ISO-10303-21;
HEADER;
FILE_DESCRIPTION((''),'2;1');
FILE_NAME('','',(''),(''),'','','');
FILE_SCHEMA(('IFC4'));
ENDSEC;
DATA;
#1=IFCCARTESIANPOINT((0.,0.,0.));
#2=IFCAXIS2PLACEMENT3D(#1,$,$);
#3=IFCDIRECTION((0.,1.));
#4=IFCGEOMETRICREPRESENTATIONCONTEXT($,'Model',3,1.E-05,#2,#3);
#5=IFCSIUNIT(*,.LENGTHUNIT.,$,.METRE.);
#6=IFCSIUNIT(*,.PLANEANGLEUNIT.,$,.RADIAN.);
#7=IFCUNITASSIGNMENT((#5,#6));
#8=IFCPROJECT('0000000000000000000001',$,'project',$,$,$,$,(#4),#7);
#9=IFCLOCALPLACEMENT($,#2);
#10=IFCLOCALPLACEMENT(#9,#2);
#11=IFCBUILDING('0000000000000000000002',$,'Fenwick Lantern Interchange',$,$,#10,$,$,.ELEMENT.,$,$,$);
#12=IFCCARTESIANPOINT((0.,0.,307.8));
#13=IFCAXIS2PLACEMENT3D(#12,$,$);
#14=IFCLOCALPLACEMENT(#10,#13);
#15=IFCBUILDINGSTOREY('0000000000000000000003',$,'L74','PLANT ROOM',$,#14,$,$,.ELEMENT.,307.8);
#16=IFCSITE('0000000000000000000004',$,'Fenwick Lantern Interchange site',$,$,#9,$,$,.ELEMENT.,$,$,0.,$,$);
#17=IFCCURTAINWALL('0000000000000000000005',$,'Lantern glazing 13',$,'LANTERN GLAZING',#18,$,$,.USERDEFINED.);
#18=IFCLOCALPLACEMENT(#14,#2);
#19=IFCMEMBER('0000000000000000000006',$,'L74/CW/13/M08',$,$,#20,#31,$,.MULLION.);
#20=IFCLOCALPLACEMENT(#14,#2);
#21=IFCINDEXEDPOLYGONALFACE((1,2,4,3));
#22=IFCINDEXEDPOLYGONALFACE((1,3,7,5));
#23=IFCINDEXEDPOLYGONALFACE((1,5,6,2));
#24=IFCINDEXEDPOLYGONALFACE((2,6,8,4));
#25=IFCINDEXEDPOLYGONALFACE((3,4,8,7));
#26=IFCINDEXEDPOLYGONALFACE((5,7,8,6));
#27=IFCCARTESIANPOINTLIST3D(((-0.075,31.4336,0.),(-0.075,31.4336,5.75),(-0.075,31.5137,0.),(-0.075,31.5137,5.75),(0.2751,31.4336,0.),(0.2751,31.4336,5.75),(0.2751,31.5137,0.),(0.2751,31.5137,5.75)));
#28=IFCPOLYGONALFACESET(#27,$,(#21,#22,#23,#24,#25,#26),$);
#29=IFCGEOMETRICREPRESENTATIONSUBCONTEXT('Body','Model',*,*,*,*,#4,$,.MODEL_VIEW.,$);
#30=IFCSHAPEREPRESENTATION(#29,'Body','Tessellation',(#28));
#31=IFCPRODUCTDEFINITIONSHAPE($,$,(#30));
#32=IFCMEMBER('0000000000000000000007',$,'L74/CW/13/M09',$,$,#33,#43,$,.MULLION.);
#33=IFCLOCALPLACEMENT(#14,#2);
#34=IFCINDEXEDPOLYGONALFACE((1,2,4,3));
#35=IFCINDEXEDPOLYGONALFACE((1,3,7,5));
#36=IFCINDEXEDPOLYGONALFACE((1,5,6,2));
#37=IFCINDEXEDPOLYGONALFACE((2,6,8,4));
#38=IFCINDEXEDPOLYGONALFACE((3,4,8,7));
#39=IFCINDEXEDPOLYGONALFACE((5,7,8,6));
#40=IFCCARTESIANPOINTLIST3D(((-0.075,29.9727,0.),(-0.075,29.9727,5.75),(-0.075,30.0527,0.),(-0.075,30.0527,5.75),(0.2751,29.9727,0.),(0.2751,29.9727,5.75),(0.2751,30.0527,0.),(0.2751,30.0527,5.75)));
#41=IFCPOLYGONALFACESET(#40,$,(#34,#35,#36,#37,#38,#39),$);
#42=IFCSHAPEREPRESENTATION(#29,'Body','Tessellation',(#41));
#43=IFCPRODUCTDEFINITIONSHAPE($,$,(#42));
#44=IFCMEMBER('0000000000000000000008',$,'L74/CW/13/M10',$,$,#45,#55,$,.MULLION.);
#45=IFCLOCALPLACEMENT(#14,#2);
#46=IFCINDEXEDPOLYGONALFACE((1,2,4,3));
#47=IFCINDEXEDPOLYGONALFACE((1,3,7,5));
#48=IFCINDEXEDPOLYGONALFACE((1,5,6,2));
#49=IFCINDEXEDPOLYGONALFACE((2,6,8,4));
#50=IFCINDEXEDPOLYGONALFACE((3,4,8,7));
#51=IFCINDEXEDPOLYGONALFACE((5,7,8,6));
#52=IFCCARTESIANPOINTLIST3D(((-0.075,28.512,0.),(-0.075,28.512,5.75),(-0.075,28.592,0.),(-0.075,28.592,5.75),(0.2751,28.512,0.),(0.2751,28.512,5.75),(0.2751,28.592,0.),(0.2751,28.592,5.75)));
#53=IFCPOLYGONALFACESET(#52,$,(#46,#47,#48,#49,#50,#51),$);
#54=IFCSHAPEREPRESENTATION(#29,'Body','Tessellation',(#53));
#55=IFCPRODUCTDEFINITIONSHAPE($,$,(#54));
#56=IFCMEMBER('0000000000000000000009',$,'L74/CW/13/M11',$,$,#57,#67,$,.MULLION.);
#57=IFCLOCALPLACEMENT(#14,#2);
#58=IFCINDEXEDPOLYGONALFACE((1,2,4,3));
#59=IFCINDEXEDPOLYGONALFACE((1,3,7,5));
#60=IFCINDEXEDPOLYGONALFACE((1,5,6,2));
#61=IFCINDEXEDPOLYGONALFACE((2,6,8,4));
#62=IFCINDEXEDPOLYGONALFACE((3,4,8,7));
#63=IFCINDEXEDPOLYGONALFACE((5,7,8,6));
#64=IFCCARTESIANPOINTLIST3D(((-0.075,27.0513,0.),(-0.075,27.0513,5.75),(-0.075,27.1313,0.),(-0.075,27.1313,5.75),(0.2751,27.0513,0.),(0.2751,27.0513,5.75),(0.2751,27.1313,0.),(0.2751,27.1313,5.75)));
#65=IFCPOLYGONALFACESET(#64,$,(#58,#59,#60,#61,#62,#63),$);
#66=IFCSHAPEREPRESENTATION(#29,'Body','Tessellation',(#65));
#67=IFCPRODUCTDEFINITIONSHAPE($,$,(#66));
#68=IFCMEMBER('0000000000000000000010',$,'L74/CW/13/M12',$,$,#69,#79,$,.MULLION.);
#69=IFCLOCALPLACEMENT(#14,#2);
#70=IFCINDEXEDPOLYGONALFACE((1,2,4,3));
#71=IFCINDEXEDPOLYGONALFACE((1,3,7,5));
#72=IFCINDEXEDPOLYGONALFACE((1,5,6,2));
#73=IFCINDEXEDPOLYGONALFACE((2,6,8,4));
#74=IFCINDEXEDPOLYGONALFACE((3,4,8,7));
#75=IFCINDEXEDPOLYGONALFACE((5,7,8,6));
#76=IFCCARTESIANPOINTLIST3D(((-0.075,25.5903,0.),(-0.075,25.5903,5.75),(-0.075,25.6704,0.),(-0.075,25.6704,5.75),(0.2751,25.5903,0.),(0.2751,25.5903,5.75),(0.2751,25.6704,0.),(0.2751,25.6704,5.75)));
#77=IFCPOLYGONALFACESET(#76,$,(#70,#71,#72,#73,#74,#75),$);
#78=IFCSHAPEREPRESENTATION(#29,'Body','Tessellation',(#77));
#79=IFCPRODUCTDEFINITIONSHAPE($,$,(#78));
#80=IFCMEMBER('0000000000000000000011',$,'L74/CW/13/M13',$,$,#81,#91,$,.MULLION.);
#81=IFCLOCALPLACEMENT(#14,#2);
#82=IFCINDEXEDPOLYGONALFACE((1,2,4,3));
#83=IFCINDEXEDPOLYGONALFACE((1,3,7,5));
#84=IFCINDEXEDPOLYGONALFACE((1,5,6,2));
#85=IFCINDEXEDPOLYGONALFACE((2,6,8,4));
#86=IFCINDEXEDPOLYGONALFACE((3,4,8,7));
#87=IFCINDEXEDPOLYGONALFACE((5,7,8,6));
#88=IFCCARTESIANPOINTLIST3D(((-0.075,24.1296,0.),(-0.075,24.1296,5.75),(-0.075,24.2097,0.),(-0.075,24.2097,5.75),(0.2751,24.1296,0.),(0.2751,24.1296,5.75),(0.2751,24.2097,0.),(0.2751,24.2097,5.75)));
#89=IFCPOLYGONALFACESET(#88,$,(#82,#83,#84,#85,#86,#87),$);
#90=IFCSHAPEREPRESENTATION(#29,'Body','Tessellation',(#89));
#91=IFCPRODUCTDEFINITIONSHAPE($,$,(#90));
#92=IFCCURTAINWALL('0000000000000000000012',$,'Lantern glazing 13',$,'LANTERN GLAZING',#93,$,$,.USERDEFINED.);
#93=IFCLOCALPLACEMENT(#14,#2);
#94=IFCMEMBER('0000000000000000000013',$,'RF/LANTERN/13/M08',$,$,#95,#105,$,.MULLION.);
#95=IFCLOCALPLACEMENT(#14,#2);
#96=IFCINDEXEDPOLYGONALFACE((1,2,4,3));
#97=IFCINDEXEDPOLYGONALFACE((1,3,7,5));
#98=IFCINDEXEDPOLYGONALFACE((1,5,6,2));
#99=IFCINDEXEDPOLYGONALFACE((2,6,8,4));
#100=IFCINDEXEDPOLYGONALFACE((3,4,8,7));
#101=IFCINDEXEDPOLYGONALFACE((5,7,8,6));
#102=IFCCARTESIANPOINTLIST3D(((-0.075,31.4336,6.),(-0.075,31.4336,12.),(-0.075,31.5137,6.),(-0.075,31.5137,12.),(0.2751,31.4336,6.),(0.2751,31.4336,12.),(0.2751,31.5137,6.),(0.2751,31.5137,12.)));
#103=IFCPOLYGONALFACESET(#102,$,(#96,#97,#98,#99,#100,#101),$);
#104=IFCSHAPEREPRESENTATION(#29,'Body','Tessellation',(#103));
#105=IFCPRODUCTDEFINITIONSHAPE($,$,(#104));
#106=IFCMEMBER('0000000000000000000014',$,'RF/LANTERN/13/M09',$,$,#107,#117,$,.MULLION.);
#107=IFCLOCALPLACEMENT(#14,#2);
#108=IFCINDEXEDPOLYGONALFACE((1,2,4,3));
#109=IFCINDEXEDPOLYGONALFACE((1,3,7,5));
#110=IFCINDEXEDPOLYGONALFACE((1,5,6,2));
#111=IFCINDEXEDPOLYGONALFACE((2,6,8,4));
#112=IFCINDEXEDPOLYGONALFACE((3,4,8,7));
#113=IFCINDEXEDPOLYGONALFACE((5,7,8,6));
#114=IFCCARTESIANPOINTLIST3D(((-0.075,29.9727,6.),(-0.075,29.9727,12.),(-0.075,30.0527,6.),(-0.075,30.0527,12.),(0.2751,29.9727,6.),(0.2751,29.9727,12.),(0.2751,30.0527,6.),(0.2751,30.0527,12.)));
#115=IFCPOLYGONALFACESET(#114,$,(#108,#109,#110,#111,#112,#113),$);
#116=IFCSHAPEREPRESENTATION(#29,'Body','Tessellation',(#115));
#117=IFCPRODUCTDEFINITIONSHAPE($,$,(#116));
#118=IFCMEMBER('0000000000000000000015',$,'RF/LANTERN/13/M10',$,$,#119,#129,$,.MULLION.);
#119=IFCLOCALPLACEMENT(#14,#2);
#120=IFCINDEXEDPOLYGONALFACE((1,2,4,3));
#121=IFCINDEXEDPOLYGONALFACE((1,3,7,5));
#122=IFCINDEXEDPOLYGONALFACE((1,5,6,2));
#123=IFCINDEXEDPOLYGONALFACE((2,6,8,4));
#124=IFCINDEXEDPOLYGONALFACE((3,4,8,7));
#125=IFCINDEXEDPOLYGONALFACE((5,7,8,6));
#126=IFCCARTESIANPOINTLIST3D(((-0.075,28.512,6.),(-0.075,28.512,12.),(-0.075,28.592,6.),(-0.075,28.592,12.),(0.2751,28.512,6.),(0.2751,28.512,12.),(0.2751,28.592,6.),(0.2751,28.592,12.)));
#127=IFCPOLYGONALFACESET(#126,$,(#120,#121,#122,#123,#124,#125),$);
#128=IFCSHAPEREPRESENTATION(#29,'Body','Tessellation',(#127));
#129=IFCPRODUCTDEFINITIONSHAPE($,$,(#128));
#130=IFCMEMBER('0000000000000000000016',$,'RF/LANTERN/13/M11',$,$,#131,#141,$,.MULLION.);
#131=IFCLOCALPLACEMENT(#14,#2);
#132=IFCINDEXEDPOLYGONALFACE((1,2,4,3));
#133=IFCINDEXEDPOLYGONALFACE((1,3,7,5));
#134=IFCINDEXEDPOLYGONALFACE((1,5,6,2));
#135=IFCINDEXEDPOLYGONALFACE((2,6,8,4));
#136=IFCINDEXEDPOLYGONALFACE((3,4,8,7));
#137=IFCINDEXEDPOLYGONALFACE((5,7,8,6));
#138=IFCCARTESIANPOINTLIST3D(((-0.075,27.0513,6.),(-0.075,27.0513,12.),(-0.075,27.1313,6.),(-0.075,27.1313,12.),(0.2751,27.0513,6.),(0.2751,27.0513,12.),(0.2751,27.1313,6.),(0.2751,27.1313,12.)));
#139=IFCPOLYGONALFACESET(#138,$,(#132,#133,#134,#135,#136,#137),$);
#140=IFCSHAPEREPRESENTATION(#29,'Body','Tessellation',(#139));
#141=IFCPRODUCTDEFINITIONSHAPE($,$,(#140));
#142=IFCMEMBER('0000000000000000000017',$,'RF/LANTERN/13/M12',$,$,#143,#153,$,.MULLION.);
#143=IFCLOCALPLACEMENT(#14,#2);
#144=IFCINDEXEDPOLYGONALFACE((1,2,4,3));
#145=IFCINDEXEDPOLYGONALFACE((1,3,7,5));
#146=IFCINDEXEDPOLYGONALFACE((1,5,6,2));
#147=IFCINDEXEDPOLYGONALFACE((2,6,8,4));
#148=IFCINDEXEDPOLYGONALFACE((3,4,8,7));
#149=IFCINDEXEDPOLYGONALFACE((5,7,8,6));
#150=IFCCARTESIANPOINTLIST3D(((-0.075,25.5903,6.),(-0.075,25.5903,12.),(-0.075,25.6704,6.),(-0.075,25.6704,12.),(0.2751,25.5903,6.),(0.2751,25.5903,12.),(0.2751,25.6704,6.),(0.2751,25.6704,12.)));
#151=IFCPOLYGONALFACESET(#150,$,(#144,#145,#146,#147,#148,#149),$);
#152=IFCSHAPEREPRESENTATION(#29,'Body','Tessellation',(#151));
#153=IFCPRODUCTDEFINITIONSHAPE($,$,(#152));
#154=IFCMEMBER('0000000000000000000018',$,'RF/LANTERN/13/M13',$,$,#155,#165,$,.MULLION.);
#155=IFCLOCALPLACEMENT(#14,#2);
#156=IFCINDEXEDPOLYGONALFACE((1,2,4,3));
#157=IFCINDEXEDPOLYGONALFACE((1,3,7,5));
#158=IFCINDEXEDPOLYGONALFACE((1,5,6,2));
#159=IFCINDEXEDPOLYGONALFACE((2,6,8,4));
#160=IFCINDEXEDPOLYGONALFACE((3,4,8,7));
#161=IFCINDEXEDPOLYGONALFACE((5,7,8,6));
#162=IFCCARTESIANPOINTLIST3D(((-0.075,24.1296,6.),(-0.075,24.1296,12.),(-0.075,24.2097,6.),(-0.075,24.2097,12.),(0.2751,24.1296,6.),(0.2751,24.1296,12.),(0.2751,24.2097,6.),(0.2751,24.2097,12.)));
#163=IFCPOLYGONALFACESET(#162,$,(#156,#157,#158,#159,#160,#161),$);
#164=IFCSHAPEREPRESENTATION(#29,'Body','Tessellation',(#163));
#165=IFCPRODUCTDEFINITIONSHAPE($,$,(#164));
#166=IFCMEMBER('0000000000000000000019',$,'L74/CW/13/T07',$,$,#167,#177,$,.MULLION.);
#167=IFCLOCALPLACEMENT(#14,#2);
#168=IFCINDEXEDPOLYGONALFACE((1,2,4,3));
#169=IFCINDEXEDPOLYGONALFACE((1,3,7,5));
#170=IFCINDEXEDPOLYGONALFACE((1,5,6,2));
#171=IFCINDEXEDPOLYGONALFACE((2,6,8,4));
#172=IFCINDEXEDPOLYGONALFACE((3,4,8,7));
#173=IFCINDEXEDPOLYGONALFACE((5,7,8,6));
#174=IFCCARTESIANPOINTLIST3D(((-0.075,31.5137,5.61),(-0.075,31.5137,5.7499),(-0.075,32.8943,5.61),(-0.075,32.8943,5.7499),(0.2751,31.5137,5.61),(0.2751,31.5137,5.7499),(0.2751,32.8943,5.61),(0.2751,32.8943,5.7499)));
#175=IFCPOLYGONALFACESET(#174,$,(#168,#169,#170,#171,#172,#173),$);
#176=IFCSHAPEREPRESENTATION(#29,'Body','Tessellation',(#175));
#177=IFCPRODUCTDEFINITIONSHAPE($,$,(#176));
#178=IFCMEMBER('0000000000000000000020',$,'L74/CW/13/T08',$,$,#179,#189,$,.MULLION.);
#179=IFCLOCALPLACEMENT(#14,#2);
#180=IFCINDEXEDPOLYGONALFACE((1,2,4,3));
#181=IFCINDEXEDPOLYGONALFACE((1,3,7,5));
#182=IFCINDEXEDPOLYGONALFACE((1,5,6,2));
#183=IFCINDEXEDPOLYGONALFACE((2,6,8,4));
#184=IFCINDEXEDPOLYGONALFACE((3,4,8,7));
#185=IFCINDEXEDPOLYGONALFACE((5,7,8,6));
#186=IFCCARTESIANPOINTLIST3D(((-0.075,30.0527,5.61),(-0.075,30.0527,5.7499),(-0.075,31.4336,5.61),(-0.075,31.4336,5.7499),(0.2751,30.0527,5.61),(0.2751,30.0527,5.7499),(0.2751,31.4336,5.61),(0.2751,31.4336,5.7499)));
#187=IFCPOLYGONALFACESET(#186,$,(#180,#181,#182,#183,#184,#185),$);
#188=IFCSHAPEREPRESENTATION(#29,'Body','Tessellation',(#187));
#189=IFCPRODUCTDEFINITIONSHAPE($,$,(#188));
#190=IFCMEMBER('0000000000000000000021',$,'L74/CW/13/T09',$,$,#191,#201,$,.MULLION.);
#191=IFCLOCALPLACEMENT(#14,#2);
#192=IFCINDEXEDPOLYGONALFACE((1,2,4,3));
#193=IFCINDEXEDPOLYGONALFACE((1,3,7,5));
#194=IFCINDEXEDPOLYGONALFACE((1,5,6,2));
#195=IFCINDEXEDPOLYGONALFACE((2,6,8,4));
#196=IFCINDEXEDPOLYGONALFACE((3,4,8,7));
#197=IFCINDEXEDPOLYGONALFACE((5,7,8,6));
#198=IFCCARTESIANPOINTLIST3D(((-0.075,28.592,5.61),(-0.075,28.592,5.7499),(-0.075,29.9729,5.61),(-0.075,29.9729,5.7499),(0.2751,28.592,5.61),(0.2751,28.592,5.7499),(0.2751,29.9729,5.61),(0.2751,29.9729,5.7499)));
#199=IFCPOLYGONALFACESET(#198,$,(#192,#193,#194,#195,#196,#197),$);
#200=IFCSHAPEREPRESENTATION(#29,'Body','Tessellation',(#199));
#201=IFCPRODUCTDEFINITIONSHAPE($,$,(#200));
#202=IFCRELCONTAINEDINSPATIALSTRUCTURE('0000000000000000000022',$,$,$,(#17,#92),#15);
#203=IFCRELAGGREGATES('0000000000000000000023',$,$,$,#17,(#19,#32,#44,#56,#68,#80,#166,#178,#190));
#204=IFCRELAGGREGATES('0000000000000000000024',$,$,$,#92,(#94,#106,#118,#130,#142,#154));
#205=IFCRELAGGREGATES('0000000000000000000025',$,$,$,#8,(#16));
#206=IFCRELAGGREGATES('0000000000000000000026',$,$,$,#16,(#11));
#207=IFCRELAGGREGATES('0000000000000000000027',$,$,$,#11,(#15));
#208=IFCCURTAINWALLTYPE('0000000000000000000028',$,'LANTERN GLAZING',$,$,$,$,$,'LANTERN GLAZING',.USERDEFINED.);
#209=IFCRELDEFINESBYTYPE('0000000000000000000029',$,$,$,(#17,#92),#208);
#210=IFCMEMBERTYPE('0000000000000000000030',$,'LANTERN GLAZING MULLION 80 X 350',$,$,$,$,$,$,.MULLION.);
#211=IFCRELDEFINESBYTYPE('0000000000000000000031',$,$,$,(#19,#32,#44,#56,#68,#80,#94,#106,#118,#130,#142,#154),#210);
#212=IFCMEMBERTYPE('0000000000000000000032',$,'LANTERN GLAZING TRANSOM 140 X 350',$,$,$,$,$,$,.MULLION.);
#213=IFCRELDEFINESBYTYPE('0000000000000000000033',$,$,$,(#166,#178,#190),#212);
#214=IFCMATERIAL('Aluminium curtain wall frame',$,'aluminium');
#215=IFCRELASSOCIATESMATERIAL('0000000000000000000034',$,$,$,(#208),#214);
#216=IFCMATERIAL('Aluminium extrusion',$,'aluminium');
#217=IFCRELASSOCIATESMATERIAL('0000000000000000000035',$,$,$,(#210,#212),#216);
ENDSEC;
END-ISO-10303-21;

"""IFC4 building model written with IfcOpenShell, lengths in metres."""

from ifc_helpers import new_model, si_unit, direction, frame, origin, origin_2d, place, context, subcontext, project, spatial, rectangle, extrude, material, material_profile, profile_set, type_object, element, aggregate, save


model = new_model("IFC4")

# Units and contexts
model_context = context("Model", 3, precision=1e-05, world=origin(), true_north=direction((0.0, 1.0)))
body_context = subcontext(model_context, "Body", "Model", "MODEL_VIEW")
ifc_project = project(units=[si_unit("LENGTHUNIT", "METRE"), si_unit("PLANEANGLEUNIT", "RADIAN")], contexts=[model_context])

# Site, building, storey
site_placement = place(None, origin())
site = spatial("IfcSite", under=ifc_project, at=site_placement, Name="Fenwick Lantern Interchange site", CompositionType="ELEMENT", RefElevation=0.0)
building_placement = place(site_placement, origin())
building = spatial("IfcBuilding", under=site, at=building_placement, Name="Fenwick Lantern Interchange", CompositionType="ELEMENT")
storey_placement = place(building_placement, frame((0.0, 0.0, 307.8)))
storey = spatial("IfcBuildingStorey", under=building, at=storey_placement, Name="L74", Description="PLANT ROOM", CompositionType="ELEMENT", Elevation=307.8)

# Curtain walls, members
ifc_material_1 = material(Name="Aluminium curtain wall frame", Category="aluminium")
curtain_wall_type = type_object("IfcCurtainWallType", Name="LANTERN GLAZING", ElementType="LANTERN GLAZING", PredefinedType="USERDEFINED", material=ifc_material_1)
curtain_wall_1_placement = place(storey_placement, origin())
curtain_wall_1 = element("IfcCurtainWall", 1, at=curtain_wall_1_placement, inside=storey, type_object=curtain_wall_type, Name="Lantern glazing 13", ObjectType="LANTERN GLAZING", PredefinedType="USERDEFINED")
ifc_material_2 = material(Name="Aluminium extrusion", Category="aluminium")
ifc_material_profile_1 = material_profile(ifc_material_2, rectangle(XDim=0.3501, YDim=0.0801, at=origin_2d()), Name="LANTERN GLAZING MULLION 80 X 350")
ifc_profile_set_1 = profile_set([ifc_material_profile_1], Name="Aluminium extrusion")
member_type_1 = type_object("IfcMemberType", Name="LANTERN GLAZING MULLION 80 X 350", PredefinedType="MULLION", material=ifc_profile_set_1)
member_1_placement = place(storey_placement, frame((0.1001, 31.4736, 0.0), z_axis=(0.0, 0.0, 1.0), x_axis=(1.0, 0.0, 0.0)))
member_1 = element("IfcMember", 2, at=member_1_placement, type_object=member_type_1, Name="L74/CW/13/M08", PredefinedType="MULLION", context=body_context, shape_type="SweptSolid", body=[
    extrude(rectangle(XDim=0.3501, YDim=0.0801, at=origin_2d()), origin(), (0.0, 0.0, 1.0), 5.75),
])
member_2_placement = place(storey_placement, frame((0.1001, 30.0127, 0.0), z_axis=(0.0, 0.0, 1.0), x_axis=(1.0, 0.0, 0.0)))
member_2 = element("IfcMember", 3, at=member_2_placement, type_object=member_type_1, Name="L74/CW/13/M09", PredefinedType="MULLION", context=body_context, shape_type="SweptSolid", body=[
    extrude(rectangle(XDim=0.3501, YDim=0.0801, at=origin_2d()), origin(), (0.0, 0.0, 1.0), 5.75),
])
member_3_placement = place(storey_placement, frame((0.1001, 28.552, 0.0), z_axis=(0.0, 0.0, 1.0), x_axis=(1.0, 0.0, 0.0)))
member_3 = element("IfcMember", 4, at=member_3_placement, type_object=member_type_1, Name="L74/CW/13/M10", PredefinedType="MULLION", context=body_context, shape_type="SweptSolid", body=[
    extrude(rectangle(XDim=0.3501, YDim=0.0801, at=origin_2d()), origin(), (0.0, 0.0, 1.0), 5.75),
])
member_4_placement = place(storey_placement, frame((0.1001, 27.0913, 0.0), z_axis=(0.0, 0.0, 1.0), x_axis=(1.0, 0.0, 0.0)))
member_4 = element("IfcMember", 5, at=member_4_placement, type_object=member_type_1, Name="L74/CW/13/M11", PredefinedType="MULLION", context=body_context, shape_type="SweptSolid", body=[
    extrude(rectangle(XDim=0.3501, YDim=0.0801, at=origin_2d()), origin(), (0.0, 0.0, 1.0), 5.75),
])
member_5_placement = place(storey_placement, frame((0.1001, 25.6304, 0.0), z_axis=(0.0, 0.0, 1.0), x_axis=(1.0, 0.0, 0.0)))
member_5 = element("IfcMember", 6, at=member_5_placement, type_object=member_type_1, Name="L74/CW/13/M12", PredefinedType="MULLION", context=body_context, shape_type="SweptSolid", body=[
    extrude(rectangle(XDim=0.3501, YDim=0.0801, at=origin_2d()), origin(), (0.0, 0.0, 1.0), 5.75),
])
member_6_placement = place(storey_placement, frame((0.1001, 24.1697, 0.0), z_axis=(0.0, 0.0, 1.0), x_axis=(1.0, 0.0, 0.0)))
member_6 = element("IfcMember", 7, at=member_6_placement, type_object=member_type_1, Name="L74/CW/13/M13", PredefinedType="MULLION", context=body_context, shape_type="SweptSolid", body=[
    extrude(rectangle(XDim=0.3501, YDim=0.0801, at=origin_2d()), origin(), (0.0, 0.0, 1.0), 5.75),
])
curtain_wall_2_placement = place(storey_placement, origin())
curtain_wall_2 = element("IfcCurtainWall", 8, at=curtain_wall_2_placement, inside=storey, type_object=curtain_wall_type, Name="Lantern glazing 13", ObjectType="LANTERN GLAZING", PredefinedType="USERDEFINED")
member_7_placement = place(storey_placement, frame((0.1001, 31.4736, 6.0), z_axis=(0.0, 0.0, 1.0), x_axis=(1.0, 0.0, 0.0)))
member_7 = element("IfcMember", 9, at=member_7_placement, type_object=member_type_1, Name="RF/LANTERN/13/M08", PredefinedType="MULLION", context=body_context, shape_type="SweptSolid", body=[
    extrude(rectangle(XDim=0.3501, YDim=0.0801, at=origin_2d()), origin(), (0.0, 0.0, 1.0), 6.0),
])
member_8_placement = place(storey_placement, frame((0.1001, 30.0127, 6.0), z_axis=(0.0, 0.0, 1.0), x_axis=(1.0, 0.0, 0.0)))
member_8 = element("IfcMember", 10, at=member_8_placement, type_object=member_type_1, Name="RF/LANTERN/13/M09", PredefinedType="MULLION", context=body_context, shape_type="SweptSolid", body=[
    extrude(rectangle(XDim=0.3501, YDim=0.0801, at=origin_2d()), origin(), (0.0, 0.0, 1.0), 6.0),
])
member_9_placement = place(storey_placement, frame((0.1001, 28.552, 6.0), z_axis=(0.0, 0.0, 1.0), x_axis=(1.0, 0.0, 0.0)))
member_9 = element("IfcMember", 11, at=member_9_placement, type_object=member_type_1, Name="RF/LANTERN/13/M10", PredefinedType="MULLION", context=body_context, shape_type="SweptSolid", body=[
    extrude(rectangle(XDim=0.3501, YDim=0.0801, at=origin_2d()), origin(), (0.0, 0.0, 1.0), 6.0),
])
member_10_placement = place(storey_placement, frame((0.1001, 27.0913, 6.0), z_axis=(0.0, 0.0, 1.0), x_axis=(1.0, 0.0, 0.0)))
member_10 = element("IfcMember", 12, at=member_10_placement, type_object=member_type_1, Name="RF/LANTERN/13/M11", PredefinedType="MULLION", context=body_context, shape_type="SweptSolid", body=[
    extrude(rectangle(XDim=0.3501, YDim=0.0801, at=origin_2d()), origin(), (0.0, 0.0, 1.0), 6.0),
])
member_11_placement = place(storey_placement, frame((0.1001, 25.6304, 6.0), z_axis=(0.0, 0.0, 1.0), x_axis=(1.0, 0.0, 0.0)))
member_11 = element("IfcMember", 13, at=member_11_placement, type_object=member_type_1, Name="RF/LANTERN/13/M12", PredefinedType="MULLION", context=body_context, shape_type="SweptSolid", body=[
    extrude(rectangle(XDim=0.3501, YDim=0.0801, at=origin_2d()), origin(), (0.0, 0.0, 1.0), 6.0),
])
member_12_placement = place(storey_placement, frame((0.1001, 24.1697, 6.0), z_axis=(0.0, 0.0, 1.0), x_axis=(1.0, 0.0, 0.0)))
member_12 = element("IfcMember", 14, at=member_12_placement, type_object=member_type_1, Name="RF/LANTERN/13/M13", PredefinedType="MULLION", context=body_context, shape_type="SweptSolid", body=[
    extrude(rectangle(XDim=0.3501, YDim=0.0801, at=origin_2d()), origin(), (0.0, 0.0, 1.0), 6.0),
])

# Members
ifc_material_profile_2 = material_profile(ifc_material_2, rectangle(XDim=0.3501, YDim=0.1399, at=origin_2d()), Name="LANTERN GLAZING TRANSOM 140 X 350")
ifc_profile_set_2 = profile_set([ifc_material_profile_2], Name="Aluminium extrusion")
member_type_2 = type_object("IfcMemberType", Name="LANTERN GLAZING TRANSOM 140 X 350", PredefinedType="MULLION", material=ifc_profile_set_2)
member_13_placement = place(storey_placement, frame((0.1001, 32.8943, 5.6799), z_axis=(0.0, -1.0, 0.0), x_axis=(1.0, 0.0, 0.0)))
member_13 = element("IfcMember", 15, at=member_13_placement, type_object=member_type_2, Name="L74/CW/13/T07", PredefinedType="MULLION", context=body_context, shape_type="SweptSolid", body=[
    extrude(rectangle(XDim=0.3501, YDim=0.1399, at=origin_2d()), origin(), (0.0, 0.0, 1.0), 1.3806),
])
member_14_placement = place(storey_placement, frame((0.1001, 31.4336, 5.6799), z_axis=(0.0, -1.0, 0.0), x_axis=(1.0, 0.0, 0.0)))
member_14 = element("IfcMember", 16, at=member_14_placement, type_object=member_type_2, Name="L74/CW/13/T08", PredefinedType="MULLION", context=body_context, shape_type="SweptSolid", body=[
    extrude(rectangle(XDim=0.3501, YDim=0.1399, at=origin_2d()), origin(), (0.0, 0.0, 1.0), 1.3809),
])
member_15_placement = place(storey_placement, frame((0.1001, 29.9729, 5.6799), z_axis=(0.0, -1.0, 0.0), x_axis=(1.0, 0.0, 0.0)))
member_15 = element("IfcMember", 17, at=member_15_placement, type_object=member_type_2, Name="L74/CW/13/T09", PredefinedType="MULLION", context=body_context, shape_type="SweptSolid", body=[
    extrude(rectangle(XDim=0.3501, YDim=0.1399, at=origin_2d()), origin(), (0.0, 0.0, 1.0), 1.3809),
])

aggregate(curtain_wall_1, [member_1, member_2, member_3, member_4, member_5, member_6, member_13, member_14, member_15])
aggregate(curtain_wall_2, [member_7, member_8, member_9, member_10, member_11, member_12])

save(model, "model.ifc")
